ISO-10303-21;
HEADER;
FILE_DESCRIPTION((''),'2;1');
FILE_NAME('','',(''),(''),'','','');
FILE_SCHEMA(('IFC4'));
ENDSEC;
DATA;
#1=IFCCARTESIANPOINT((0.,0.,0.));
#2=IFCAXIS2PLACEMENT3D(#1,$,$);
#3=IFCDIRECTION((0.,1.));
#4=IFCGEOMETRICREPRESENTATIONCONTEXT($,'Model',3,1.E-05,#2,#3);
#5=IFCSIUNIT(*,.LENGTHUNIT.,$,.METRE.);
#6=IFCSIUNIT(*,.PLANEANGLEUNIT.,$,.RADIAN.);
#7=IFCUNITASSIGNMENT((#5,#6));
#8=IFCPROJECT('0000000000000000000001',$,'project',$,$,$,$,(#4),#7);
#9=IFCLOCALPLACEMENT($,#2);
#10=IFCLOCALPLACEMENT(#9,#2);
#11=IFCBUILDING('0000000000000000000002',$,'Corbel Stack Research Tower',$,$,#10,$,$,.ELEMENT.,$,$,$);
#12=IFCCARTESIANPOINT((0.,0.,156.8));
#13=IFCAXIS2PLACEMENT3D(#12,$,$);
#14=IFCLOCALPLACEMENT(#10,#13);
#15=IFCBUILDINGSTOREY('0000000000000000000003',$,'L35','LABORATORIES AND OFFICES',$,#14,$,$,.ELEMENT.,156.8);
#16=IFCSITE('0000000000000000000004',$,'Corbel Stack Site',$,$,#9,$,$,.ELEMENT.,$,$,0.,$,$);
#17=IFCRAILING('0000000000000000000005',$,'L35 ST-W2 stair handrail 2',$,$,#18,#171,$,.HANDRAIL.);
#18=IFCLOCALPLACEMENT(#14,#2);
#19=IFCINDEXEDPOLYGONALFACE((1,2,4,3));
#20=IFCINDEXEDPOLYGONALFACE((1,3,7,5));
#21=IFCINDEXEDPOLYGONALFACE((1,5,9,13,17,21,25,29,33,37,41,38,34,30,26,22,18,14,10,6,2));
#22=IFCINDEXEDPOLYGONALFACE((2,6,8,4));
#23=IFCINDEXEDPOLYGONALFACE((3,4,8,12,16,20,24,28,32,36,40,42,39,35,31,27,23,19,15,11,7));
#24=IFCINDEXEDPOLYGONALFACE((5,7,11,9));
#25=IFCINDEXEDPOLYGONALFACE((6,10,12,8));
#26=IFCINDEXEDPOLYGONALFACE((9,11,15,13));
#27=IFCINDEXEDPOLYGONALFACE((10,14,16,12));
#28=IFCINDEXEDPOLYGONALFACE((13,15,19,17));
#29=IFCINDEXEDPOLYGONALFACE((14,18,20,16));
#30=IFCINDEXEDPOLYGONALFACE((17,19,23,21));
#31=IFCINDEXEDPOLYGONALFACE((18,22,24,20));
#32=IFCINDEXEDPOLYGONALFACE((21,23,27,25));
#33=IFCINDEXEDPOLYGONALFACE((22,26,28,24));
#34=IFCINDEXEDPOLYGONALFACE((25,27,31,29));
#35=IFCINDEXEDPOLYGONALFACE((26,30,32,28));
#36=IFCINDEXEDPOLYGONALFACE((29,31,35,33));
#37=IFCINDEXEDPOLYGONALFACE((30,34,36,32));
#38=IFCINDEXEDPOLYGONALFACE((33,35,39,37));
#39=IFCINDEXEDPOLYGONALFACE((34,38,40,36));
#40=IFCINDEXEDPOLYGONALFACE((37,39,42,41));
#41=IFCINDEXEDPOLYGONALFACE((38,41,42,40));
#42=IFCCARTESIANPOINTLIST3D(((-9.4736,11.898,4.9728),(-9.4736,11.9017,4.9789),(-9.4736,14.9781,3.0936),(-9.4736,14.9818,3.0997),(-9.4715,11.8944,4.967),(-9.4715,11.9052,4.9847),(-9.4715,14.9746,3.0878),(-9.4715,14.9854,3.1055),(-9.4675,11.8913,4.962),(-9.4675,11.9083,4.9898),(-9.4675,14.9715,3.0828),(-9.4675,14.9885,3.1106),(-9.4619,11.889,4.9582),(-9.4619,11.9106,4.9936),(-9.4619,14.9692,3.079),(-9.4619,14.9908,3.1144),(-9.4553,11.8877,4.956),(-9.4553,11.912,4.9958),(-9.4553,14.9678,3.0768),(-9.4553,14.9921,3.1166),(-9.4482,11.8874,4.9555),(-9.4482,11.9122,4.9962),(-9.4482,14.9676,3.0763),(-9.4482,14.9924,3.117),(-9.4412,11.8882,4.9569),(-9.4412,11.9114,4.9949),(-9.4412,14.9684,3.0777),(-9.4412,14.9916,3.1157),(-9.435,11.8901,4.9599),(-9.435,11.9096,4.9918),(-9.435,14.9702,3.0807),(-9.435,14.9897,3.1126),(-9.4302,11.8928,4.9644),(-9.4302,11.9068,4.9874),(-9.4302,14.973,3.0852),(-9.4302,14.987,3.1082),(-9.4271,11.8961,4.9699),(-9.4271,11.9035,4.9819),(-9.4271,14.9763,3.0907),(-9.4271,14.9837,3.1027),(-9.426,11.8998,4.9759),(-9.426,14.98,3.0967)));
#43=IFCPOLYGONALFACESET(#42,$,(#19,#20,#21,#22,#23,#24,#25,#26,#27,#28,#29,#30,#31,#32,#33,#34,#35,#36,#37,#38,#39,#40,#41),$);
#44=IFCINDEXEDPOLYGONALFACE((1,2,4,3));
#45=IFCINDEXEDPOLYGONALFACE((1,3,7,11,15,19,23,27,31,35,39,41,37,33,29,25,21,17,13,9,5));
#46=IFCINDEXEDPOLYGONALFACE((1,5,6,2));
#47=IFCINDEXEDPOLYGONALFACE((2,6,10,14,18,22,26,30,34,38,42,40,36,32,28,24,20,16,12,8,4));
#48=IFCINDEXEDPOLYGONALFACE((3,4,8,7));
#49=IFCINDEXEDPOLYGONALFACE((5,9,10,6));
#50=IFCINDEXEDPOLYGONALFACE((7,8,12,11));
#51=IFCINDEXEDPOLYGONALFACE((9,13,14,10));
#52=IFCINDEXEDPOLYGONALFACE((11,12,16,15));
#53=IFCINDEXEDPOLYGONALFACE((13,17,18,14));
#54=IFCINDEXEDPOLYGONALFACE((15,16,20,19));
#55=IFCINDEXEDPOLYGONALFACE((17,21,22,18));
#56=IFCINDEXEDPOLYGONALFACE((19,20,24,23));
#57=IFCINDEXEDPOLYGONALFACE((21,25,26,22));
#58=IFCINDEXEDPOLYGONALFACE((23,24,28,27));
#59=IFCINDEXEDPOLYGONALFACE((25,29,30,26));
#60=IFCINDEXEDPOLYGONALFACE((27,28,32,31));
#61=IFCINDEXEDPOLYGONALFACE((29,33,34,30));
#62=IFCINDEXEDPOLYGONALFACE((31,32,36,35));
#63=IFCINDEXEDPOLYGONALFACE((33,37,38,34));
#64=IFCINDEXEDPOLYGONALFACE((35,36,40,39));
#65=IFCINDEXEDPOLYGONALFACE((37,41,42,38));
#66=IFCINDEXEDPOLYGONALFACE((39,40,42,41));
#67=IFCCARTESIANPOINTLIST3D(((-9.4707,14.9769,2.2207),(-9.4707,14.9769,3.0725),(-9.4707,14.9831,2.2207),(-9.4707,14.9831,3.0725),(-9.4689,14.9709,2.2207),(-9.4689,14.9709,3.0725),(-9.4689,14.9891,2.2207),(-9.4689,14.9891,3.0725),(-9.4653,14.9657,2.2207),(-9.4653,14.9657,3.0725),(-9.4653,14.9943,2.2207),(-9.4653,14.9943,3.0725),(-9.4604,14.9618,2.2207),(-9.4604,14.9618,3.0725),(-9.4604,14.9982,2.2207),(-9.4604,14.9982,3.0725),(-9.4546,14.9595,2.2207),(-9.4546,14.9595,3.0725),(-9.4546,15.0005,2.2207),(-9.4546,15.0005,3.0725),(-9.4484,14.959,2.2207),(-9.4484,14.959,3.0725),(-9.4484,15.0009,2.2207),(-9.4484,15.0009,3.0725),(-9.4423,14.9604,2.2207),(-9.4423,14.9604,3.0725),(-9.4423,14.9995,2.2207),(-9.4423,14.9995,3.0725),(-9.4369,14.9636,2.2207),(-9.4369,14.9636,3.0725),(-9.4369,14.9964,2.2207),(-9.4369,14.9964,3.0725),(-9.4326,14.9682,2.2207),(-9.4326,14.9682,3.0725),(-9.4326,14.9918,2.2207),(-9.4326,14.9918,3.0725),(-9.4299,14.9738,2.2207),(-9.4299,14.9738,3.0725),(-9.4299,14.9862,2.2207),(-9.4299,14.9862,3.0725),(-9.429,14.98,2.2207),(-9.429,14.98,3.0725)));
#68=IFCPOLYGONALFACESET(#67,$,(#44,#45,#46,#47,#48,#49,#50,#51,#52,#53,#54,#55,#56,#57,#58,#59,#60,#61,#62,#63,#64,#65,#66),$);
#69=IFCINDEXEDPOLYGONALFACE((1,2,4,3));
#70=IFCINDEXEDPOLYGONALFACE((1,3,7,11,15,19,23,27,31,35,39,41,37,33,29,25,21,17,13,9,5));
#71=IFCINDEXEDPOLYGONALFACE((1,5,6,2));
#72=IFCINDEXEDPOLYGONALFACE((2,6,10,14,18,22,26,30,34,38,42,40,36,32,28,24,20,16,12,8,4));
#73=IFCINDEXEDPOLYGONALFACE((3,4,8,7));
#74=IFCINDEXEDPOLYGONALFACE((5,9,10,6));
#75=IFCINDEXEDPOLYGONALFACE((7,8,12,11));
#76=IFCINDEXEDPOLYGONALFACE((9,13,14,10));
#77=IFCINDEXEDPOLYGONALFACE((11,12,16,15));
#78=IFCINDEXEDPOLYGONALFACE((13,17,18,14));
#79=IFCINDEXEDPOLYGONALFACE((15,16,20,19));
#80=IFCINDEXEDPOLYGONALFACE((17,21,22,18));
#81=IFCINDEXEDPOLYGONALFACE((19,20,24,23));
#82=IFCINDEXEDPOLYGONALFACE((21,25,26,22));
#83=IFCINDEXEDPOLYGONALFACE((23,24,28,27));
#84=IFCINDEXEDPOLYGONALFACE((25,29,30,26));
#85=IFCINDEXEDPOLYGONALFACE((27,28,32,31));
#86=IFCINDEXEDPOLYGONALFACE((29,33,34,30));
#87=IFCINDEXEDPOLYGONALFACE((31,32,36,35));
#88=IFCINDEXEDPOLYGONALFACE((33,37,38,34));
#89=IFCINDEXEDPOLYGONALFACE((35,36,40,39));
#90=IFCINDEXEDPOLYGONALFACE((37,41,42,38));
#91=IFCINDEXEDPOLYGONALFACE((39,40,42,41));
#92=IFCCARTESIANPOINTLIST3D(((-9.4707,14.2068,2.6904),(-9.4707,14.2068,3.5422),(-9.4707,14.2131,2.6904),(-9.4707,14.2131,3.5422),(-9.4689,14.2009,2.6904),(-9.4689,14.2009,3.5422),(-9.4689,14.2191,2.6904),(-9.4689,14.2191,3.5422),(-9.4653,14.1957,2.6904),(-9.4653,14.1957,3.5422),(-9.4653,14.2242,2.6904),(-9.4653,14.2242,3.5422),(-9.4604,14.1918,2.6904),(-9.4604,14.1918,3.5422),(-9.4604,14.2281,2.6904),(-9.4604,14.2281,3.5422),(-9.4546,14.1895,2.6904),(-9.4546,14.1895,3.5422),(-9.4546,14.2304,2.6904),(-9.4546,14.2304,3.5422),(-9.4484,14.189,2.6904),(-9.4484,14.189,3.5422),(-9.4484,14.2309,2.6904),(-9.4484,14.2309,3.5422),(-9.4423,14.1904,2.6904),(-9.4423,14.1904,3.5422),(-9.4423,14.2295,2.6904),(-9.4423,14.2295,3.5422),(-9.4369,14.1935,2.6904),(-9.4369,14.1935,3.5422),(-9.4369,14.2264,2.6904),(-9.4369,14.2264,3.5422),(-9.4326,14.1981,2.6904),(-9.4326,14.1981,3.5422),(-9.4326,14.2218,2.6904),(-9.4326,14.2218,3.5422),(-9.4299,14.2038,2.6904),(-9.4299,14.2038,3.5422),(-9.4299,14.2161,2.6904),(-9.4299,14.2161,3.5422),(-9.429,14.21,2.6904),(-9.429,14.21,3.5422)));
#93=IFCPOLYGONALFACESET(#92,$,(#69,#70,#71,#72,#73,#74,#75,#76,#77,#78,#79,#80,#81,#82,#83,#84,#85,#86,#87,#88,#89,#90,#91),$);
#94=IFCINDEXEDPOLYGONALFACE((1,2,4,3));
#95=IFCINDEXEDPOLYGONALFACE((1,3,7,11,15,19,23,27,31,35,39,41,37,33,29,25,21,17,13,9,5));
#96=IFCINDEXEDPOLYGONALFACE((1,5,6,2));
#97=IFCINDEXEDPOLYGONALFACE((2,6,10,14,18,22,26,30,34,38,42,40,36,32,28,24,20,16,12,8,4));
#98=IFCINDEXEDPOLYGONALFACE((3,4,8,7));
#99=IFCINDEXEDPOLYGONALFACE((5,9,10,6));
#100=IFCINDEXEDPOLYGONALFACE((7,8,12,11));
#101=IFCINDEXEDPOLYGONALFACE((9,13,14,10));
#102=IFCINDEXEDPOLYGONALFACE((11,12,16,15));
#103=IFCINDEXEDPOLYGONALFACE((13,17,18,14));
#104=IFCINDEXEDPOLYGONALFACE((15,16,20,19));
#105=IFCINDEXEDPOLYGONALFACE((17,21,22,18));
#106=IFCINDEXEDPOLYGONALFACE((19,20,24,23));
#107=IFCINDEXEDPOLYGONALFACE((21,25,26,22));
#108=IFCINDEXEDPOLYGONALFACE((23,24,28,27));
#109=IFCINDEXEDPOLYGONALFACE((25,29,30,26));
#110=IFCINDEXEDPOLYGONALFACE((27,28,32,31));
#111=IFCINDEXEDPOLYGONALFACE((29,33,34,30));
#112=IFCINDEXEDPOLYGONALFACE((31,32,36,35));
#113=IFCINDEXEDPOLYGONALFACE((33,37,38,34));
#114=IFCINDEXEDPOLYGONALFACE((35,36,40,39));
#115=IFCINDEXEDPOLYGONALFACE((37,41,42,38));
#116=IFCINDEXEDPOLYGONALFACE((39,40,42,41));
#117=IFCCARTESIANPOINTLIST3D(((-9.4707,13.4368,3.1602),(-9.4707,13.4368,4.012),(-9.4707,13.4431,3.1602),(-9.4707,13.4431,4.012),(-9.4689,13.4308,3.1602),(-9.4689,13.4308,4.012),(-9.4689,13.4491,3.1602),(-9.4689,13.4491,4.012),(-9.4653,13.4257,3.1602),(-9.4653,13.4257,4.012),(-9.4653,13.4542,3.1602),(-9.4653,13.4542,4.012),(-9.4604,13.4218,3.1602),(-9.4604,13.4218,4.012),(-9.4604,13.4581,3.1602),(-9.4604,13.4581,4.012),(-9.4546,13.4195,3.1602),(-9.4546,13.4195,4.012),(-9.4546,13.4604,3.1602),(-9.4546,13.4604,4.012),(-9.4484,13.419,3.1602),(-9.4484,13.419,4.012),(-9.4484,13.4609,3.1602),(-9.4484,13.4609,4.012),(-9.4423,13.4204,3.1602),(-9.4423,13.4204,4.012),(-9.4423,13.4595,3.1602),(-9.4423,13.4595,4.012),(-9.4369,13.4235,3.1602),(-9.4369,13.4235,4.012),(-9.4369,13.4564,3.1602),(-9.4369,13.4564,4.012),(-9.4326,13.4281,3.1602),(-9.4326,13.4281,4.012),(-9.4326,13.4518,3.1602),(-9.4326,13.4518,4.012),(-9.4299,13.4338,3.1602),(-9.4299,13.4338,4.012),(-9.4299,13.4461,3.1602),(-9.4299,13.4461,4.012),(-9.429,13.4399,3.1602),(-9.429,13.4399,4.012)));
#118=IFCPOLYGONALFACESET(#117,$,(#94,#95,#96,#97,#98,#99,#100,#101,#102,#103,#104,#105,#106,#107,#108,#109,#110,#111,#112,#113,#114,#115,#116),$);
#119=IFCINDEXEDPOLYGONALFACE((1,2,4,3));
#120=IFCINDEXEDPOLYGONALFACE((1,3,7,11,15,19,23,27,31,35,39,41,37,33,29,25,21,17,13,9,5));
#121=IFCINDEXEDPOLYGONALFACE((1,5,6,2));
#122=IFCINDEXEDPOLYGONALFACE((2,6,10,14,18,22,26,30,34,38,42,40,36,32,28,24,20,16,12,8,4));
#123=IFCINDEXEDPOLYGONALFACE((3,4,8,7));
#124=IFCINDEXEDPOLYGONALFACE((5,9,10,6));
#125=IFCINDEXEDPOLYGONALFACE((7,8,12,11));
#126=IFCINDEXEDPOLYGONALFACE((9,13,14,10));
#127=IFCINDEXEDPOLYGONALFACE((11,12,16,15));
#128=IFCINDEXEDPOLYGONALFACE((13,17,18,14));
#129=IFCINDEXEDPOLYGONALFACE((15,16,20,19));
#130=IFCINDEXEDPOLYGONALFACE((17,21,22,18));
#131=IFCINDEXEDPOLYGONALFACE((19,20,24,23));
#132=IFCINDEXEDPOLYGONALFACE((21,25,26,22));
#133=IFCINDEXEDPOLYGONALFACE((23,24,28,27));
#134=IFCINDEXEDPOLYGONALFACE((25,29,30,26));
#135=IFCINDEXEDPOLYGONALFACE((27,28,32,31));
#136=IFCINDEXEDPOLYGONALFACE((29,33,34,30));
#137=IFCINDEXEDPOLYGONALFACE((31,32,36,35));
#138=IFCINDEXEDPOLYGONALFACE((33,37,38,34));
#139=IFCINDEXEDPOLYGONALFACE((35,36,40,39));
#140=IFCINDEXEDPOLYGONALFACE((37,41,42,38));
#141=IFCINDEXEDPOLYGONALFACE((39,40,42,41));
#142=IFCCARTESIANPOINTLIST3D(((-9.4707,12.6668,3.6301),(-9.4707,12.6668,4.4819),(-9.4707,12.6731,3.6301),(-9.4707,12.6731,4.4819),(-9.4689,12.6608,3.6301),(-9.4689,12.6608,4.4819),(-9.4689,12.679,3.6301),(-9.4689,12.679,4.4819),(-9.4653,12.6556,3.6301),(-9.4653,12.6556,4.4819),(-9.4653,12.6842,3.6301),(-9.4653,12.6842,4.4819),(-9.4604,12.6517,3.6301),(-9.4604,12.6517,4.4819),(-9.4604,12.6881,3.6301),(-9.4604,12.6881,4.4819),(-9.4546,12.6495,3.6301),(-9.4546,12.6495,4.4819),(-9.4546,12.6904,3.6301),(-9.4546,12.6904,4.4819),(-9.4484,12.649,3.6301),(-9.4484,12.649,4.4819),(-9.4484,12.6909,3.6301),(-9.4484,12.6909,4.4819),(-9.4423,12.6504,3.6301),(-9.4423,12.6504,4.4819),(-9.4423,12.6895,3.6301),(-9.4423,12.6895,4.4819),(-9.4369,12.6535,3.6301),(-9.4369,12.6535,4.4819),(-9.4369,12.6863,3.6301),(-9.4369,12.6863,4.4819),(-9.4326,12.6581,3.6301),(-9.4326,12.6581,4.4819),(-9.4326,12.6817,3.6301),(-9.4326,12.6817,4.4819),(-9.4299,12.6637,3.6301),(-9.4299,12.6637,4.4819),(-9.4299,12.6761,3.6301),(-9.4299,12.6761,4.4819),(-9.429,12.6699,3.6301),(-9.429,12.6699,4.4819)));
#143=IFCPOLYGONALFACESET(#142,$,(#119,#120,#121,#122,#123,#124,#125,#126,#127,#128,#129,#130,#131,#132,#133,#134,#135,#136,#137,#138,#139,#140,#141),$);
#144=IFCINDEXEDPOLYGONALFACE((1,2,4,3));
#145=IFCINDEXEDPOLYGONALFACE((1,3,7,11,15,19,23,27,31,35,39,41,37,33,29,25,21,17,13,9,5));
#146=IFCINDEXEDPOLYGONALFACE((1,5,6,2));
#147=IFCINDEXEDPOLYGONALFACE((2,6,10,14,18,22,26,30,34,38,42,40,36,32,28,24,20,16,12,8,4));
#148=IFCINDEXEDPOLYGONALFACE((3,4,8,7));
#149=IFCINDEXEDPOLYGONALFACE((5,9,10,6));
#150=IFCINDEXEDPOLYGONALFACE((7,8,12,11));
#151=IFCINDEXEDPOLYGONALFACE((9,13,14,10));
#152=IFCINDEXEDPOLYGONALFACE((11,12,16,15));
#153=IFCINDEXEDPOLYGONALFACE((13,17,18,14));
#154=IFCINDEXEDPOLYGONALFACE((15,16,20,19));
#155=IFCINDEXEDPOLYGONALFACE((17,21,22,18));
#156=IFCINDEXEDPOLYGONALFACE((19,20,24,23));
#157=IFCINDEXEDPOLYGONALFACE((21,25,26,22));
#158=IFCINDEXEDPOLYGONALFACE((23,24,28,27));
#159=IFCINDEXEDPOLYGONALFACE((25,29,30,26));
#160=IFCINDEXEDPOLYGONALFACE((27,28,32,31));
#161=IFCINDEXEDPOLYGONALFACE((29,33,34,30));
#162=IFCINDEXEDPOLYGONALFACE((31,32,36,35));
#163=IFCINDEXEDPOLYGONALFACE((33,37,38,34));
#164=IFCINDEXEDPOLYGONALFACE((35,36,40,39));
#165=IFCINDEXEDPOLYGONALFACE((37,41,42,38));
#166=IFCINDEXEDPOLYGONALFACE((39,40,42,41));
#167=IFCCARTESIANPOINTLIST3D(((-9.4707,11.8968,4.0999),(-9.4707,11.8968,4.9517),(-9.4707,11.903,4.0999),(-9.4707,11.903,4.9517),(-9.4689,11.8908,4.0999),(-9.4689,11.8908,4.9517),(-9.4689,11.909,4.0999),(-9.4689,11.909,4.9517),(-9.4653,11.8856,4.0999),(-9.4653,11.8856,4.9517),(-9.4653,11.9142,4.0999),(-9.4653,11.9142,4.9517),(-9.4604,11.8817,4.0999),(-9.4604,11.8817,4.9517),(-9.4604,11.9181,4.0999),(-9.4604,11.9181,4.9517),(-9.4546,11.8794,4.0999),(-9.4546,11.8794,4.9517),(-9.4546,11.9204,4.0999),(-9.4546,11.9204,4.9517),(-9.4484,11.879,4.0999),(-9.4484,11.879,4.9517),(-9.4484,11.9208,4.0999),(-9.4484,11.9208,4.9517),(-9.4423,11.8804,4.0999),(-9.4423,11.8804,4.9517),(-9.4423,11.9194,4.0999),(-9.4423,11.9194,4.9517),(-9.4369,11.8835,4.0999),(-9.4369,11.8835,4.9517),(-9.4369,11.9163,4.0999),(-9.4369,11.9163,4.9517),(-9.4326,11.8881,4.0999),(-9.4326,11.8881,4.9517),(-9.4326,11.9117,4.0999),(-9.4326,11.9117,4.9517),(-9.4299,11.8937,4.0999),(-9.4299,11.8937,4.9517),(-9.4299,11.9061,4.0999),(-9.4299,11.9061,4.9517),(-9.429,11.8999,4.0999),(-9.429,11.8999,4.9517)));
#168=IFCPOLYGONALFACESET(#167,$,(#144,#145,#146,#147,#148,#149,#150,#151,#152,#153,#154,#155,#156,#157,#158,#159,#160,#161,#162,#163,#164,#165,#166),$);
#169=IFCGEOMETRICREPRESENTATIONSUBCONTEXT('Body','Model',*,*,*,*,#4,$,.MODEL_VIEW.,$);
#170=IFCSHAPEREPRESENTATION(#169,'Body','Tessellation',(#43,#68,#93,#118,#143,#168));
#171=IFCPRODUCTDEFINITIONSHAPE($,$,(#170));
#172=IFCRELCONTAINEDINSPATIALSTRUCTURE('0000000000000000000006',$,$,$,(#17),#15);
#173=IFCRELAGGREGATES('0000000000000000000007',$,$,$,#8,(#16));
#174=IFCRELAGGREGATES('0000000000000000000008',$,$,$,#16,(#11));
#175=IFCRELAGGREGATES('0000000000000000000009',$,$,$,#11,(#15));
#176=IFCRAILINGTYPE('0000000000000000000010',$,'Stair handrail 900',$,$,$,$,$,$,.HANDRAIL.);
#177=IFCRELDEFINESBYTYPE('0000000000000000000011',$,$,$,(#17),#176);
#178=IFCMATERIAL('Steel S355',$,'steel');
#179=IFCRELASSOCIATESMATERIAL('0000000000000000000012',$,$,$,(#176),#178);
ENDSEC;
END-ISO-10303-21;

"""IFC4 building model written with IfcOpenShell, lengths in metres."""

from ifc_helpers import new_model, si_unit, direction, frame, origin, origin_2d, place, context, subcontext, project, spatial, circle, extrude, material, type_object, element, save


model = new_model("IFC4")

# Units and contexts
model_context = context("Model", 3, precision=1e-05, world=origin(), true_north=direction((0.0, 1.0)))
body_context = subcontext(model_context, "Body", "Model", "MODEL_VIEW")
ifc_project = project(units=[si_unit("LENGTHUNIT", "METRE"), si_unit("PLANEANGLEUNIT", "RADIAN")], contexts=[model_context])

# Site, building, storey
site_placement = place(None, origin())
site = spatial("IfcSite", under=ifc_project, at=site_placement, Name="Corbel Stack Site", CompositionType="ELEMENT", RefElevation=0.0)
building_placement = place(site_placement, origin())
building = spatial("IfcBuilding", under=site, at=building_placement, Name="Corbel Stack Research Tower", CompositionType="ELEMENT")
storey_placement = place(building_placement, frame((0.0, 0.0, 156.8)))
storey = spatial("IfcBuildingStorey", under=building, at=storey_placement, Name="L35", Description="LABORATORIES AND OFFICES", CompositionType="ELEMENT", Elevation=156.8)

# Railing
ifc_material_1 = material(Name="Steel S355", Category="steel")
railing_type_1 = type_object("IfcRailingType", Name="Stair handrail 900", PredefinedType="HANDRAIL", material=ifc_material_1)
railing_1_placement = place(storey_placement, frame((-9.45, 14.98, 2.2207)))
element("IfcRailing", 1, at=railing_1_placement, inside=storey, type_object=railing_type_1, Name="L35 ST-W2 stair handrail 2", PredefinedType="HANDRAIL", context=body_context, shape_type="SweptSolid", body=[
    extrude(circle(Radius=0.0239, at=origin_2d()), frame((0.0, 0.0, 0.876), z_axis=(0.0, -0.853666, 0.52082), x_axis=(1.0, 0.0, 0.0)), (0.0, 0.0, 1.0), 3.6082),
    extrude(circle(Radius=0.021, at=origin_2d()), origin(), (0.0, 0.0, 1.0), 0.8518),
    extrude(circle(Radius=0.021, at=origin_2d()), frame((0.0, -0.77, 0.4697)), (0.0, 0.0, 1.0), 0.8518),
    extrude(circle(Radius=0.021, at=origin_2d()), frame((0.0, -1.54, 0.9395)), (0.0, 0.0, 1.0), 0.8518),
    extrude(circle(Radius=0.021, at=origin_2d()), frame((0.0, -2.3101, 1.4094)), (0.0, 0.0, 1.0), 0.8518),
    extrude(circle(Radius=0.021, at=origin_2d()), frame((0.0, -3.0801, 1.8792)), (0.0, 0.0, 1.0), 0.8518),
])

save(model, "model.ifc")
